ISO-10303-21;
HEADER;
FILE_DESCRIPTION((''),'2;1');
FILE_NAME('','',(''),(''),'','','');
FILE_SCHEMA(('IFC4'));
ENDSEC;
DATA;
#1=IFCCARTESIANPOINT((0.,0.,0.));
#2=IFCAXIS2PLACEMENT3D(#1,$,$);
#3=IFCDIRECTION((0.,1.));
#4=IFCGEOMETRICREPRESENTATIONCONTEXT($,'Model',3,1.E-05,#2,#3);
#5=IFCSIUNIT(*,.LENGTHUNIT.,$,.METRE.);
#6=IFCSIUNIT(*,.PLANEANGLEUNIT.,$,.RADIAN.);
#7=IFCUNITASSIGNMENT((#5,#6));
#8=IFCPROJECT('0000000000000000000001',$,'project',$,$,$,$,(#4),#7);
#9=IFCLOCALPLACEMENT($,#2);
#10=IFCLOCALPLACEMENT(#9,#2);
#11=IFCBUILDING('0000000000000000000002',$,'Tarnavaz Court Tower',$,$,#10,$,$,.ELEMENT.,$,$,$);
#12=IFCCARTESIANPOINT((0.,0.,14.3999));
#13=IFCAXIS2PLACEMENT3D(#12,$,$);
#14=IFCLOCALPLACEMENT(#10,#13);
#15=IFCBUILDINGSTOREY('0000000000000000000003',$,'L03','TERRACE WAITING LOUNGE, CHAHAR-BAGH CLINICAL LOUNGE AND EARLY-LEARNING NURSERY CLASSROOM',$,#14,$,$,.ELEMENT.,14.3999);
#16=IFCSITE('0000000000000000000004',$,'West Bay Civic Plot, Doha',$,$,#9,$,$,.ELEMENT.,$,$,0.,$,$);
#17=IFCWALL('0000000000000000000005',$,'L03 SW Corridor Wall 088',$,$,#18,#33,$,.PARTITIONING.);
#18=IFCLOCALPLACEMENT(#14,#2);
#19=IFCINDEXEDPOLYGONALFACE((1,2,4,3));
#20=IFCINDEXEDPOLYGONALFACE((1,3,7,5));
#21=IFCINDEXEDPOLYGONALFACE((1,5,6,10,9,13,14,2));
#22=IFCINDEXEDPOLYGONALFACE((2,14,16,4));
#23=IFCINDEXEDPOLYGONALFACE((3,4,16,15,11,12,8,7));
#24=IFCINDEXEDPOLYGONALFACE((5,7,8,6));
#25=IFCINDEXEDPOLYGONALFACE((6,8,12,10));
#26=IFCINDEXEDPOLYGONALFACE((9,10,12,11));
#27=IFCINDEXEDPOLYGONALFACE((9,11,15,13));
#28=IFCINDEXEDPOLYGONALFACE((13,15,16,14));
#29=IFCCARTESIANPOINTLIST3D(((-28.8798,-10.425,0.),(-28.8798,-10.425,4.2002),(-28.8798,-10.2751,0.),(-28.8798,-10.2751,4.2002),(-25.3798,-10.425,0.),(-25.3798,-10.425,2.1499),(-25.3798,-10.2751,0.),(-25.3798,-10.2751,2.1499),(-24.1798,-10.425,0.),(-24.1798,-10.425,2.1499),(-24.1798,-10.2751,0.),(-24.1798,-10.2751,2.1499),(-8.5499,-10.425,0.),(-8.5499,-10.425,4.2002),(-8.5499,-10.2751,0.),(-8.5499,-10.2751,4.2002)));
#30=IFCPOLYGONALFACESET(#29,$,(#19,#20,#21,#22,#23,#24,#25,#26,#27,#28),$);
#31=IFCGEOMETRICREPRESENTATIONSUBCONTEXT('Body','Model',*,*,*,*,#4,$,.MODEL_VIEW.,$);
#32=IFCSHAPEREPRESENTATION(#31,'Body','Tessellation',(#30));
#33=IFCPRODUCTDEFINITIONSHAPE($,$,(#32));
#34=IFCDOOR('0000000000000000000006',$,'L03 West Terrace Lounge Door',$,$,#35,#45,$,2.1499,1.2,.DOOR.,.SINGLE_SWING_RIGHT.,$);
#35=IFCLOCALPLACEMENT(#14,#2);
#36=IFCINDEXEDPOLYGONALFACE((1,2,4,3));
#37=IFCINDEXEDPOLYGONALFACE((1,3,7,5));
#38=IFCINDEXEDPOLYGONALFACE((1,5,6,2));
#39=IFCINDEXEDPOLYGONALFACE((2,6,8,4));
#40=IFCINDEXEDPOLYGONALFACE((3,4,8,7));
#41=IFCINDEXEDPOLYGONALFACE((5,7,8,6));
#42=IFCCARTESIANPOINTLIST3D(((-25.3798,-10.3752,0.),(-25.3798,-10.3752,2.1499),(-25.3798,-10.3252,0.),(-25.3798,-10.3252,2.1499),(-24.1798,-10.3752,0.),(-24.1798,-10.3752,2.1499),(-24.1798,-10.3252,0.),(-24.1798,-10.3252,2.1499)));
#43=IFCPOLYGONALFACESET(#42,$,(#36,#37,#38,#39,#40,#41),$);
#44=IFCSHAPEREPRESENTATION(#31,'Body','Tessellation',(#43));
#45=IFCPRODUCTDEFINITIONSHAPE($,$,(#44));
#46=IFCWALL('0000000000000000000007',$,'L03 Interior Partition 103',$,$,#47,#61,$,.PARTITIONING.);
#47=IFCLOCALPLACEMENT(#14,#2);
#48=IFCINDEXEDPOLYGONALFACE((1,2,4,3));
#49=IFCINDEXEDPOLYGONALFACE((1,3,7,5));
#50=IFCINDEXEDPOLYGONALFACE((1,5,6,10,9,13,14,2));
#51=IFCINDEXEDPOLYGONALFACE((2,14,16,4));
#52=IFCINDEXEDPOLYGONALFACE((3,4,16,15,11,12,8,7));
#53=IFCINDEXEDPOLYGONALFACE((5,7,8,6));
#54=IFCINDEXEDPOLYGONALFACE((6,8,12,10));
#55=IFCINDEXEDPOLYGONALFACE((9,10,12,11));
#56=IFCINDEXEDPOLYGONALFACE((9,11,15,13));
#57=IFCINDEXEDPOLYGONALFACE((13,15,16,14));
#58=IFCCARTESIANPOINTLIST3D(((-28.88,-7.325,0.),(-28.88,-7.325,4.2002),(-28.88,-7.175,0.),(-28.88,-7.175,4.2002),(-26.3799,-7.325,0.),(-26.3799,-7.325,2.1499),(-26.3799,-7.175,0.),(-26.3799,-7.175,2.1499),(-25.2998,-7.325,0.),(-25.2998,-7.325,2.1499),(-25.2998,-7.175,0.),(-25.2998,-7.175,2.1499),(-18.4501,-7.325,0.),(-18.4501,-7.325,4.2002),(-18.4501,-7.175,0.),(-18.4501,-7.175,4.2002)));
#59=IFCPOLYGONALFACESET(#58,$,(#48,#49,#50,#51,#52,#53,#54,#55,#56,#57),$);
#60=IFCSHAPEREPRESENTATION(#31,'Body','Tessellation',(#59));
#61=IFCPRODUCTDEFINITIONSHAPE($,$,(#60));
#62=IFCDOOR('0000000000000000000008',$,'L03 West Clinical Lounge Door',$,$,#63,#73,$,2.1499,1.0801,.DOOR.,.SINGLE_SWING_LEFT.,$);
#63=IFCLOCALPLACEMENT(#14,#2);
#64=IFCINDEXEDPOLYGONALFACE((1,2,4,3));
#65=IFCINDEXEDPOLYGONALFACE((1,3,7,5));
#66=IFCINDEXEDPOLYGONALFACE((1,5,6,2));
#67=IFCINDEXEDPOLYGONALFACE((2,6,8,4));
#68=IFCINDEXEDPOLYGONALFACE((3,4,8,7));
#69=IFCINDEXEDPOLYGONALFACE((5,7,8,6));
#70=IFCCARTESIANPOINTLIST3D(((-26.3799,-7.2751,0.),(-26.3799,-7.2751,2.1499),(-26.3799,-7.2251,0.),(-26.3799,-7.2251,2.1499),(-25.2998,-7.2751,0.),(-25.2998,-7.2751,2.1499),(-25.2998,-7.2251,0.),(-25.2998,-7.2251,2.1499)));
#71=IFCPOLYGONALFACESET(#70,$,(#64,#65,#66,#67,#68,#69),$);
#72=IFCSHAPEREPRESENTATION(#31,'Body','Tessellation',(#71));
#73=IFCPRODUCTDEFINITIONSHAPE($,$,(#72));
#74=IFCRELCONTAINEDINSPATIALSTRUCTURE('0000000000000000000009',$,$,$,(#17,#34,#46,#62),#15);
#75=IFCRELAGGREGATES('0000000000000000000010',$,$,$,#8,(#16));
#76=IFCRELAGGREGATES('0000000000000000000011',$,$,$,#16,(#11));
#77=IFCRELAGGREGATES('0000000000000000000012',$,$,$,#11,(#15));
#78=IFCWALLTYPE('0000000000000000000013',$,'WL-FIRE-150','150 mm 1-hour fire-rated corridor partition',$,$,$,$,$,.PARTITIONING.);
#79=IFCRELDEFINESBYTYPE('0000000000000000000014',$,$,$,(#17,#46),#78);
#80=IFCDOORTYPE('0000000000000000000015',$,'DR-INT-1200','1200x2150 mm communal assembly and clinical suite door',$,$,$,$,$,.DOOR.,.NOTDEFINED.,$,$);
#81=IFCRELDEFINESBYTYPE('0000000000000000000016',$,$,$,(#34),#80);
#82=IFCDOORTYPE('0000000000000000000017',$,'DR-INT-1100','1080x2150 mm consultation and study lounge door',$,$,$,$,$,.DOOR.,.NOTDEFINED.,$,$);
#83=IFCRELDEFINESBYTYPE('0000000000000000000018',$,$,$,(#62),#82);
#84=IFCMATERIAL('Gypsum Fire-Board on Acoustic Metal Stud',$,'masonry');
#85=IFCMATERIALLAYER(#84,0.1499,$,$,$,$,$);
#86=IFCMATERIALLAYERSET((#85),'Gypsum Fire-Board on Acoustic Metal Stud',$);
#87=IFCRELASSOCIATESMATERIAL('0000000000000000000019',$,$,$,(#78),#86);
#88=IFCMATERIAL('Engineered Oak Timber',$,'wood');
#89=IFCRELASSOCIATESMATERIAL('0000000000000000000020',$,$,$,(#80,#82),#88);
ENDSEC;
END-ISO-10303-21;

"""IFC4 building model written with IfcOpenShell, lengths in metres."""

from ifc_helpers import new_model, si_unit, direction, frame, frame_2d, origin, place, context, subcontext, project, spatial, rectangle, extrude, material, layer, layer_set, type_object, element, fill, save


model = new_model("IFC4")

# Units and contexts
model_context = context("Model", 3, precision=1e-05, world=origin(), true_north=direction((0.0, 1.0)))
body_context = subcontext(model_context, "Body", "Model", "MODEL_VIEW")
ifc_project = project(units=[si_unit("LENGTHUNIT", "METRE"), si_unit("PLANEANGLEUNIT", "RADIAN")], contexts=[model_context])

# Site, building, storey
site_placement = place(None, origin())
site = spatial("IfcSite", under=ifc_project, at=site_placement, Name="West Bay Civic Plot, Doha", CompositionType="ELEMENT", RefElevation=0.0)
building_placement = place(site_placement, origin())
building = spatial("IfcBuilding", under=site, at=building_placement, Name="Tarnavaz Court Tower", CompositionType="ELEMENT")
storey_placement = place(building_placement, frame((0.0, 0.0, 14.3999)))
storey = spatial("IfcBuildingStorey", under=building, at=storey_placement, Name="L03", Description="TERRACE WAITING LOUNGE, CHAHAR-BAGH CLINICAL LOUNGE AND EARLY-LEARNING NURSERY CLASSROOM", CompositionType="ELEMENT", Elevation=14.3999)

# Walls, openings, doors
ifc_material_1 = material(Name="Gypsum Fire-Board on Acoustic Metal Stud", Category="masonry")
ifc_layer_1 = layer(ifc_material_1, 0.1499)
ifc_layer_set_1 = layer_set([ifc_layer_1], Name="Gypsum Fire-Board on Acoustic Metal Stud")
wall_type_1 = type_object("IfcWallType", Name="WL-FIRE-150", Description="150 mm 1-hour fire-rated corridor partition", PredefinedType="PARTITIONING", material=ifc_layer_set_1)
wall_1_placement = place(storey_placement, frame((-28.8799, -10.3501, 0.0), z_axis=(0.0, 0.0, 1.0), x_axis=(1.0, 0.0, 0.0)))
wall_1 = element("IfcWall", 1, at=wall_1_placement, inside=storey, type_object=wall_type_1, Name="L03 SW Corridor Wall 088", PredefinedType="PARTITIONING", context=body_context, shape_type="SweptSolid", body=[
    extrude(rectangle(XDim=20.3298, YDim=0.1499, at=frame_2d((10.165, 0.0))), origin(), (0.0, 0.0, 1.0), 4.2002),
])
opening_1_placement = place(wall_1_placement, frame((3.5, 0.0, 0.0)))
opening_1 = element("IfcOpeningElement", 2, at=opening_1_placement, cuts=wall_1, PredefinedType="OPENING", context=body_context, shape_type="SweptSolid", body=[
    extrude(rectangle(XDim=1.2, YDim=2.1499, at=frame_2d((0.6001, 1.075))), frame((0.0, 0.085, 0.0), z_axis=(0.0, -1.0, 0.0), x_axis=(1.0, 0.0, 0.0)), (0.0, 0.0, 1.0), 0.1699),
])
ifc_material_2 = material(Name="Engineered Oak Timber", Category="wood")
door_type_1 = type_object("IfcDoorType", Name="DR-INT-1200", Description="1200x2150 mm communal assembly and clinical suite door", OperationType="NOTDEFINED", PredefinedType="DOOR", material=ifc_material_2)
door_1_placement = place(opening_1_placement, origin())
door_1 = element("IfcDoor", 3, at=door_1_placement, inside=storey, type_object=door_type_1, Name="L03 West Terrace Lounge Door", OperationType="SINGLE_SWING_RIGHT", OverallHeight=2.1499, OverallWidth=1.2, PredefinedType="DOOR", context=body_context, shape_type="SweptSolid", body=[
    extrude(rectangle(XDim=1.2, YDim=2.1499, at=frame_2d((0.6001, 1.075))), frame((0.0, 0.0249, 0.0), z_axis=(0.0, -1.0, 0.0), x_axis=(1.0, 0.0, 0.0)), (0.0, 0.0, 1.0), 0.05),
])
fill(opening_1, door_1)
wall_2_placement = place(storey_placement, frame((-28.8799, -7.25, 0.0), z_axis=(0.0, 0.0, 1.0), x_axis=(1.0, 0.0, 0.0)))
wall_2 = element("IfcWall", 4, at=wall_2_placement, inside=storey, type_object=wall_type_1, Name="L03 Interior Partition 103", PredefinedType="PARTITIONING", context=body_context, shape_type="SweptSolid", body=[
    extrude(rectangle(XDim=10.4299, YDim=0.1499, at=frame_2d((5.2148, 0.0))), origin(), (0.0, 0.0, 1.0), 4.2002),
])
opening_2_placement = place(wall_2_placement, frame((2.5, 0.0, 0.0)))
opening_2 = element("IfcOpeningElement", 5, at=opening_2_placement, cuts=wall_2, PredefinedType="OPENING", context=body_context, shape_type="SweptSolid", body=[
    extrude(rectangle(XDim=1.0801, YDim=2.1499, at=frame_2d((0.54, 1.075))), frame((0.0, 0.085, 0.0), z_axis=(0.0, -1.0, 0.0), x_axis=(1.0, 0.0, 0.0)), (0.0, 0.0, 1.0), 0.1699),
])
door_type_2 = type_object("IfcDoorType", Name="DR-INT-1100", Description="1080x2150 mm consultation and study lounge door", OperationType="NOTDEFINED", PredefinedType="DOOR", material=ifc_material_2)
door_2_placement = place(opening_2_placement, origin())
door_2 = element("IfcDoor", 6, at=door_2_placement, inside=storey, type_object=door_type_2, Name="L03 West Clinical Lounge Door", OperationType="SINGLE_SWING_LEFT", OverallHeight=2.1499, OverallWidth=1.0801, PredefinedType="DOOR", context=body_context, shape_type="SweptSolid", body=[
    extrude(rectangle(XDim=1.0801, YDim=2.1499, at=frame_2d((0.54, 1.075))), frame((0.0, 0.0249, 0.0), z_axis=(0.0, -1.0, 0.0), x_axis=(1.0, 0.0, 0.0)), (0.0, 0.0, 1.0), 0.05),
])
fill(opening_2, door_2)

save(model, "model.ifc")
